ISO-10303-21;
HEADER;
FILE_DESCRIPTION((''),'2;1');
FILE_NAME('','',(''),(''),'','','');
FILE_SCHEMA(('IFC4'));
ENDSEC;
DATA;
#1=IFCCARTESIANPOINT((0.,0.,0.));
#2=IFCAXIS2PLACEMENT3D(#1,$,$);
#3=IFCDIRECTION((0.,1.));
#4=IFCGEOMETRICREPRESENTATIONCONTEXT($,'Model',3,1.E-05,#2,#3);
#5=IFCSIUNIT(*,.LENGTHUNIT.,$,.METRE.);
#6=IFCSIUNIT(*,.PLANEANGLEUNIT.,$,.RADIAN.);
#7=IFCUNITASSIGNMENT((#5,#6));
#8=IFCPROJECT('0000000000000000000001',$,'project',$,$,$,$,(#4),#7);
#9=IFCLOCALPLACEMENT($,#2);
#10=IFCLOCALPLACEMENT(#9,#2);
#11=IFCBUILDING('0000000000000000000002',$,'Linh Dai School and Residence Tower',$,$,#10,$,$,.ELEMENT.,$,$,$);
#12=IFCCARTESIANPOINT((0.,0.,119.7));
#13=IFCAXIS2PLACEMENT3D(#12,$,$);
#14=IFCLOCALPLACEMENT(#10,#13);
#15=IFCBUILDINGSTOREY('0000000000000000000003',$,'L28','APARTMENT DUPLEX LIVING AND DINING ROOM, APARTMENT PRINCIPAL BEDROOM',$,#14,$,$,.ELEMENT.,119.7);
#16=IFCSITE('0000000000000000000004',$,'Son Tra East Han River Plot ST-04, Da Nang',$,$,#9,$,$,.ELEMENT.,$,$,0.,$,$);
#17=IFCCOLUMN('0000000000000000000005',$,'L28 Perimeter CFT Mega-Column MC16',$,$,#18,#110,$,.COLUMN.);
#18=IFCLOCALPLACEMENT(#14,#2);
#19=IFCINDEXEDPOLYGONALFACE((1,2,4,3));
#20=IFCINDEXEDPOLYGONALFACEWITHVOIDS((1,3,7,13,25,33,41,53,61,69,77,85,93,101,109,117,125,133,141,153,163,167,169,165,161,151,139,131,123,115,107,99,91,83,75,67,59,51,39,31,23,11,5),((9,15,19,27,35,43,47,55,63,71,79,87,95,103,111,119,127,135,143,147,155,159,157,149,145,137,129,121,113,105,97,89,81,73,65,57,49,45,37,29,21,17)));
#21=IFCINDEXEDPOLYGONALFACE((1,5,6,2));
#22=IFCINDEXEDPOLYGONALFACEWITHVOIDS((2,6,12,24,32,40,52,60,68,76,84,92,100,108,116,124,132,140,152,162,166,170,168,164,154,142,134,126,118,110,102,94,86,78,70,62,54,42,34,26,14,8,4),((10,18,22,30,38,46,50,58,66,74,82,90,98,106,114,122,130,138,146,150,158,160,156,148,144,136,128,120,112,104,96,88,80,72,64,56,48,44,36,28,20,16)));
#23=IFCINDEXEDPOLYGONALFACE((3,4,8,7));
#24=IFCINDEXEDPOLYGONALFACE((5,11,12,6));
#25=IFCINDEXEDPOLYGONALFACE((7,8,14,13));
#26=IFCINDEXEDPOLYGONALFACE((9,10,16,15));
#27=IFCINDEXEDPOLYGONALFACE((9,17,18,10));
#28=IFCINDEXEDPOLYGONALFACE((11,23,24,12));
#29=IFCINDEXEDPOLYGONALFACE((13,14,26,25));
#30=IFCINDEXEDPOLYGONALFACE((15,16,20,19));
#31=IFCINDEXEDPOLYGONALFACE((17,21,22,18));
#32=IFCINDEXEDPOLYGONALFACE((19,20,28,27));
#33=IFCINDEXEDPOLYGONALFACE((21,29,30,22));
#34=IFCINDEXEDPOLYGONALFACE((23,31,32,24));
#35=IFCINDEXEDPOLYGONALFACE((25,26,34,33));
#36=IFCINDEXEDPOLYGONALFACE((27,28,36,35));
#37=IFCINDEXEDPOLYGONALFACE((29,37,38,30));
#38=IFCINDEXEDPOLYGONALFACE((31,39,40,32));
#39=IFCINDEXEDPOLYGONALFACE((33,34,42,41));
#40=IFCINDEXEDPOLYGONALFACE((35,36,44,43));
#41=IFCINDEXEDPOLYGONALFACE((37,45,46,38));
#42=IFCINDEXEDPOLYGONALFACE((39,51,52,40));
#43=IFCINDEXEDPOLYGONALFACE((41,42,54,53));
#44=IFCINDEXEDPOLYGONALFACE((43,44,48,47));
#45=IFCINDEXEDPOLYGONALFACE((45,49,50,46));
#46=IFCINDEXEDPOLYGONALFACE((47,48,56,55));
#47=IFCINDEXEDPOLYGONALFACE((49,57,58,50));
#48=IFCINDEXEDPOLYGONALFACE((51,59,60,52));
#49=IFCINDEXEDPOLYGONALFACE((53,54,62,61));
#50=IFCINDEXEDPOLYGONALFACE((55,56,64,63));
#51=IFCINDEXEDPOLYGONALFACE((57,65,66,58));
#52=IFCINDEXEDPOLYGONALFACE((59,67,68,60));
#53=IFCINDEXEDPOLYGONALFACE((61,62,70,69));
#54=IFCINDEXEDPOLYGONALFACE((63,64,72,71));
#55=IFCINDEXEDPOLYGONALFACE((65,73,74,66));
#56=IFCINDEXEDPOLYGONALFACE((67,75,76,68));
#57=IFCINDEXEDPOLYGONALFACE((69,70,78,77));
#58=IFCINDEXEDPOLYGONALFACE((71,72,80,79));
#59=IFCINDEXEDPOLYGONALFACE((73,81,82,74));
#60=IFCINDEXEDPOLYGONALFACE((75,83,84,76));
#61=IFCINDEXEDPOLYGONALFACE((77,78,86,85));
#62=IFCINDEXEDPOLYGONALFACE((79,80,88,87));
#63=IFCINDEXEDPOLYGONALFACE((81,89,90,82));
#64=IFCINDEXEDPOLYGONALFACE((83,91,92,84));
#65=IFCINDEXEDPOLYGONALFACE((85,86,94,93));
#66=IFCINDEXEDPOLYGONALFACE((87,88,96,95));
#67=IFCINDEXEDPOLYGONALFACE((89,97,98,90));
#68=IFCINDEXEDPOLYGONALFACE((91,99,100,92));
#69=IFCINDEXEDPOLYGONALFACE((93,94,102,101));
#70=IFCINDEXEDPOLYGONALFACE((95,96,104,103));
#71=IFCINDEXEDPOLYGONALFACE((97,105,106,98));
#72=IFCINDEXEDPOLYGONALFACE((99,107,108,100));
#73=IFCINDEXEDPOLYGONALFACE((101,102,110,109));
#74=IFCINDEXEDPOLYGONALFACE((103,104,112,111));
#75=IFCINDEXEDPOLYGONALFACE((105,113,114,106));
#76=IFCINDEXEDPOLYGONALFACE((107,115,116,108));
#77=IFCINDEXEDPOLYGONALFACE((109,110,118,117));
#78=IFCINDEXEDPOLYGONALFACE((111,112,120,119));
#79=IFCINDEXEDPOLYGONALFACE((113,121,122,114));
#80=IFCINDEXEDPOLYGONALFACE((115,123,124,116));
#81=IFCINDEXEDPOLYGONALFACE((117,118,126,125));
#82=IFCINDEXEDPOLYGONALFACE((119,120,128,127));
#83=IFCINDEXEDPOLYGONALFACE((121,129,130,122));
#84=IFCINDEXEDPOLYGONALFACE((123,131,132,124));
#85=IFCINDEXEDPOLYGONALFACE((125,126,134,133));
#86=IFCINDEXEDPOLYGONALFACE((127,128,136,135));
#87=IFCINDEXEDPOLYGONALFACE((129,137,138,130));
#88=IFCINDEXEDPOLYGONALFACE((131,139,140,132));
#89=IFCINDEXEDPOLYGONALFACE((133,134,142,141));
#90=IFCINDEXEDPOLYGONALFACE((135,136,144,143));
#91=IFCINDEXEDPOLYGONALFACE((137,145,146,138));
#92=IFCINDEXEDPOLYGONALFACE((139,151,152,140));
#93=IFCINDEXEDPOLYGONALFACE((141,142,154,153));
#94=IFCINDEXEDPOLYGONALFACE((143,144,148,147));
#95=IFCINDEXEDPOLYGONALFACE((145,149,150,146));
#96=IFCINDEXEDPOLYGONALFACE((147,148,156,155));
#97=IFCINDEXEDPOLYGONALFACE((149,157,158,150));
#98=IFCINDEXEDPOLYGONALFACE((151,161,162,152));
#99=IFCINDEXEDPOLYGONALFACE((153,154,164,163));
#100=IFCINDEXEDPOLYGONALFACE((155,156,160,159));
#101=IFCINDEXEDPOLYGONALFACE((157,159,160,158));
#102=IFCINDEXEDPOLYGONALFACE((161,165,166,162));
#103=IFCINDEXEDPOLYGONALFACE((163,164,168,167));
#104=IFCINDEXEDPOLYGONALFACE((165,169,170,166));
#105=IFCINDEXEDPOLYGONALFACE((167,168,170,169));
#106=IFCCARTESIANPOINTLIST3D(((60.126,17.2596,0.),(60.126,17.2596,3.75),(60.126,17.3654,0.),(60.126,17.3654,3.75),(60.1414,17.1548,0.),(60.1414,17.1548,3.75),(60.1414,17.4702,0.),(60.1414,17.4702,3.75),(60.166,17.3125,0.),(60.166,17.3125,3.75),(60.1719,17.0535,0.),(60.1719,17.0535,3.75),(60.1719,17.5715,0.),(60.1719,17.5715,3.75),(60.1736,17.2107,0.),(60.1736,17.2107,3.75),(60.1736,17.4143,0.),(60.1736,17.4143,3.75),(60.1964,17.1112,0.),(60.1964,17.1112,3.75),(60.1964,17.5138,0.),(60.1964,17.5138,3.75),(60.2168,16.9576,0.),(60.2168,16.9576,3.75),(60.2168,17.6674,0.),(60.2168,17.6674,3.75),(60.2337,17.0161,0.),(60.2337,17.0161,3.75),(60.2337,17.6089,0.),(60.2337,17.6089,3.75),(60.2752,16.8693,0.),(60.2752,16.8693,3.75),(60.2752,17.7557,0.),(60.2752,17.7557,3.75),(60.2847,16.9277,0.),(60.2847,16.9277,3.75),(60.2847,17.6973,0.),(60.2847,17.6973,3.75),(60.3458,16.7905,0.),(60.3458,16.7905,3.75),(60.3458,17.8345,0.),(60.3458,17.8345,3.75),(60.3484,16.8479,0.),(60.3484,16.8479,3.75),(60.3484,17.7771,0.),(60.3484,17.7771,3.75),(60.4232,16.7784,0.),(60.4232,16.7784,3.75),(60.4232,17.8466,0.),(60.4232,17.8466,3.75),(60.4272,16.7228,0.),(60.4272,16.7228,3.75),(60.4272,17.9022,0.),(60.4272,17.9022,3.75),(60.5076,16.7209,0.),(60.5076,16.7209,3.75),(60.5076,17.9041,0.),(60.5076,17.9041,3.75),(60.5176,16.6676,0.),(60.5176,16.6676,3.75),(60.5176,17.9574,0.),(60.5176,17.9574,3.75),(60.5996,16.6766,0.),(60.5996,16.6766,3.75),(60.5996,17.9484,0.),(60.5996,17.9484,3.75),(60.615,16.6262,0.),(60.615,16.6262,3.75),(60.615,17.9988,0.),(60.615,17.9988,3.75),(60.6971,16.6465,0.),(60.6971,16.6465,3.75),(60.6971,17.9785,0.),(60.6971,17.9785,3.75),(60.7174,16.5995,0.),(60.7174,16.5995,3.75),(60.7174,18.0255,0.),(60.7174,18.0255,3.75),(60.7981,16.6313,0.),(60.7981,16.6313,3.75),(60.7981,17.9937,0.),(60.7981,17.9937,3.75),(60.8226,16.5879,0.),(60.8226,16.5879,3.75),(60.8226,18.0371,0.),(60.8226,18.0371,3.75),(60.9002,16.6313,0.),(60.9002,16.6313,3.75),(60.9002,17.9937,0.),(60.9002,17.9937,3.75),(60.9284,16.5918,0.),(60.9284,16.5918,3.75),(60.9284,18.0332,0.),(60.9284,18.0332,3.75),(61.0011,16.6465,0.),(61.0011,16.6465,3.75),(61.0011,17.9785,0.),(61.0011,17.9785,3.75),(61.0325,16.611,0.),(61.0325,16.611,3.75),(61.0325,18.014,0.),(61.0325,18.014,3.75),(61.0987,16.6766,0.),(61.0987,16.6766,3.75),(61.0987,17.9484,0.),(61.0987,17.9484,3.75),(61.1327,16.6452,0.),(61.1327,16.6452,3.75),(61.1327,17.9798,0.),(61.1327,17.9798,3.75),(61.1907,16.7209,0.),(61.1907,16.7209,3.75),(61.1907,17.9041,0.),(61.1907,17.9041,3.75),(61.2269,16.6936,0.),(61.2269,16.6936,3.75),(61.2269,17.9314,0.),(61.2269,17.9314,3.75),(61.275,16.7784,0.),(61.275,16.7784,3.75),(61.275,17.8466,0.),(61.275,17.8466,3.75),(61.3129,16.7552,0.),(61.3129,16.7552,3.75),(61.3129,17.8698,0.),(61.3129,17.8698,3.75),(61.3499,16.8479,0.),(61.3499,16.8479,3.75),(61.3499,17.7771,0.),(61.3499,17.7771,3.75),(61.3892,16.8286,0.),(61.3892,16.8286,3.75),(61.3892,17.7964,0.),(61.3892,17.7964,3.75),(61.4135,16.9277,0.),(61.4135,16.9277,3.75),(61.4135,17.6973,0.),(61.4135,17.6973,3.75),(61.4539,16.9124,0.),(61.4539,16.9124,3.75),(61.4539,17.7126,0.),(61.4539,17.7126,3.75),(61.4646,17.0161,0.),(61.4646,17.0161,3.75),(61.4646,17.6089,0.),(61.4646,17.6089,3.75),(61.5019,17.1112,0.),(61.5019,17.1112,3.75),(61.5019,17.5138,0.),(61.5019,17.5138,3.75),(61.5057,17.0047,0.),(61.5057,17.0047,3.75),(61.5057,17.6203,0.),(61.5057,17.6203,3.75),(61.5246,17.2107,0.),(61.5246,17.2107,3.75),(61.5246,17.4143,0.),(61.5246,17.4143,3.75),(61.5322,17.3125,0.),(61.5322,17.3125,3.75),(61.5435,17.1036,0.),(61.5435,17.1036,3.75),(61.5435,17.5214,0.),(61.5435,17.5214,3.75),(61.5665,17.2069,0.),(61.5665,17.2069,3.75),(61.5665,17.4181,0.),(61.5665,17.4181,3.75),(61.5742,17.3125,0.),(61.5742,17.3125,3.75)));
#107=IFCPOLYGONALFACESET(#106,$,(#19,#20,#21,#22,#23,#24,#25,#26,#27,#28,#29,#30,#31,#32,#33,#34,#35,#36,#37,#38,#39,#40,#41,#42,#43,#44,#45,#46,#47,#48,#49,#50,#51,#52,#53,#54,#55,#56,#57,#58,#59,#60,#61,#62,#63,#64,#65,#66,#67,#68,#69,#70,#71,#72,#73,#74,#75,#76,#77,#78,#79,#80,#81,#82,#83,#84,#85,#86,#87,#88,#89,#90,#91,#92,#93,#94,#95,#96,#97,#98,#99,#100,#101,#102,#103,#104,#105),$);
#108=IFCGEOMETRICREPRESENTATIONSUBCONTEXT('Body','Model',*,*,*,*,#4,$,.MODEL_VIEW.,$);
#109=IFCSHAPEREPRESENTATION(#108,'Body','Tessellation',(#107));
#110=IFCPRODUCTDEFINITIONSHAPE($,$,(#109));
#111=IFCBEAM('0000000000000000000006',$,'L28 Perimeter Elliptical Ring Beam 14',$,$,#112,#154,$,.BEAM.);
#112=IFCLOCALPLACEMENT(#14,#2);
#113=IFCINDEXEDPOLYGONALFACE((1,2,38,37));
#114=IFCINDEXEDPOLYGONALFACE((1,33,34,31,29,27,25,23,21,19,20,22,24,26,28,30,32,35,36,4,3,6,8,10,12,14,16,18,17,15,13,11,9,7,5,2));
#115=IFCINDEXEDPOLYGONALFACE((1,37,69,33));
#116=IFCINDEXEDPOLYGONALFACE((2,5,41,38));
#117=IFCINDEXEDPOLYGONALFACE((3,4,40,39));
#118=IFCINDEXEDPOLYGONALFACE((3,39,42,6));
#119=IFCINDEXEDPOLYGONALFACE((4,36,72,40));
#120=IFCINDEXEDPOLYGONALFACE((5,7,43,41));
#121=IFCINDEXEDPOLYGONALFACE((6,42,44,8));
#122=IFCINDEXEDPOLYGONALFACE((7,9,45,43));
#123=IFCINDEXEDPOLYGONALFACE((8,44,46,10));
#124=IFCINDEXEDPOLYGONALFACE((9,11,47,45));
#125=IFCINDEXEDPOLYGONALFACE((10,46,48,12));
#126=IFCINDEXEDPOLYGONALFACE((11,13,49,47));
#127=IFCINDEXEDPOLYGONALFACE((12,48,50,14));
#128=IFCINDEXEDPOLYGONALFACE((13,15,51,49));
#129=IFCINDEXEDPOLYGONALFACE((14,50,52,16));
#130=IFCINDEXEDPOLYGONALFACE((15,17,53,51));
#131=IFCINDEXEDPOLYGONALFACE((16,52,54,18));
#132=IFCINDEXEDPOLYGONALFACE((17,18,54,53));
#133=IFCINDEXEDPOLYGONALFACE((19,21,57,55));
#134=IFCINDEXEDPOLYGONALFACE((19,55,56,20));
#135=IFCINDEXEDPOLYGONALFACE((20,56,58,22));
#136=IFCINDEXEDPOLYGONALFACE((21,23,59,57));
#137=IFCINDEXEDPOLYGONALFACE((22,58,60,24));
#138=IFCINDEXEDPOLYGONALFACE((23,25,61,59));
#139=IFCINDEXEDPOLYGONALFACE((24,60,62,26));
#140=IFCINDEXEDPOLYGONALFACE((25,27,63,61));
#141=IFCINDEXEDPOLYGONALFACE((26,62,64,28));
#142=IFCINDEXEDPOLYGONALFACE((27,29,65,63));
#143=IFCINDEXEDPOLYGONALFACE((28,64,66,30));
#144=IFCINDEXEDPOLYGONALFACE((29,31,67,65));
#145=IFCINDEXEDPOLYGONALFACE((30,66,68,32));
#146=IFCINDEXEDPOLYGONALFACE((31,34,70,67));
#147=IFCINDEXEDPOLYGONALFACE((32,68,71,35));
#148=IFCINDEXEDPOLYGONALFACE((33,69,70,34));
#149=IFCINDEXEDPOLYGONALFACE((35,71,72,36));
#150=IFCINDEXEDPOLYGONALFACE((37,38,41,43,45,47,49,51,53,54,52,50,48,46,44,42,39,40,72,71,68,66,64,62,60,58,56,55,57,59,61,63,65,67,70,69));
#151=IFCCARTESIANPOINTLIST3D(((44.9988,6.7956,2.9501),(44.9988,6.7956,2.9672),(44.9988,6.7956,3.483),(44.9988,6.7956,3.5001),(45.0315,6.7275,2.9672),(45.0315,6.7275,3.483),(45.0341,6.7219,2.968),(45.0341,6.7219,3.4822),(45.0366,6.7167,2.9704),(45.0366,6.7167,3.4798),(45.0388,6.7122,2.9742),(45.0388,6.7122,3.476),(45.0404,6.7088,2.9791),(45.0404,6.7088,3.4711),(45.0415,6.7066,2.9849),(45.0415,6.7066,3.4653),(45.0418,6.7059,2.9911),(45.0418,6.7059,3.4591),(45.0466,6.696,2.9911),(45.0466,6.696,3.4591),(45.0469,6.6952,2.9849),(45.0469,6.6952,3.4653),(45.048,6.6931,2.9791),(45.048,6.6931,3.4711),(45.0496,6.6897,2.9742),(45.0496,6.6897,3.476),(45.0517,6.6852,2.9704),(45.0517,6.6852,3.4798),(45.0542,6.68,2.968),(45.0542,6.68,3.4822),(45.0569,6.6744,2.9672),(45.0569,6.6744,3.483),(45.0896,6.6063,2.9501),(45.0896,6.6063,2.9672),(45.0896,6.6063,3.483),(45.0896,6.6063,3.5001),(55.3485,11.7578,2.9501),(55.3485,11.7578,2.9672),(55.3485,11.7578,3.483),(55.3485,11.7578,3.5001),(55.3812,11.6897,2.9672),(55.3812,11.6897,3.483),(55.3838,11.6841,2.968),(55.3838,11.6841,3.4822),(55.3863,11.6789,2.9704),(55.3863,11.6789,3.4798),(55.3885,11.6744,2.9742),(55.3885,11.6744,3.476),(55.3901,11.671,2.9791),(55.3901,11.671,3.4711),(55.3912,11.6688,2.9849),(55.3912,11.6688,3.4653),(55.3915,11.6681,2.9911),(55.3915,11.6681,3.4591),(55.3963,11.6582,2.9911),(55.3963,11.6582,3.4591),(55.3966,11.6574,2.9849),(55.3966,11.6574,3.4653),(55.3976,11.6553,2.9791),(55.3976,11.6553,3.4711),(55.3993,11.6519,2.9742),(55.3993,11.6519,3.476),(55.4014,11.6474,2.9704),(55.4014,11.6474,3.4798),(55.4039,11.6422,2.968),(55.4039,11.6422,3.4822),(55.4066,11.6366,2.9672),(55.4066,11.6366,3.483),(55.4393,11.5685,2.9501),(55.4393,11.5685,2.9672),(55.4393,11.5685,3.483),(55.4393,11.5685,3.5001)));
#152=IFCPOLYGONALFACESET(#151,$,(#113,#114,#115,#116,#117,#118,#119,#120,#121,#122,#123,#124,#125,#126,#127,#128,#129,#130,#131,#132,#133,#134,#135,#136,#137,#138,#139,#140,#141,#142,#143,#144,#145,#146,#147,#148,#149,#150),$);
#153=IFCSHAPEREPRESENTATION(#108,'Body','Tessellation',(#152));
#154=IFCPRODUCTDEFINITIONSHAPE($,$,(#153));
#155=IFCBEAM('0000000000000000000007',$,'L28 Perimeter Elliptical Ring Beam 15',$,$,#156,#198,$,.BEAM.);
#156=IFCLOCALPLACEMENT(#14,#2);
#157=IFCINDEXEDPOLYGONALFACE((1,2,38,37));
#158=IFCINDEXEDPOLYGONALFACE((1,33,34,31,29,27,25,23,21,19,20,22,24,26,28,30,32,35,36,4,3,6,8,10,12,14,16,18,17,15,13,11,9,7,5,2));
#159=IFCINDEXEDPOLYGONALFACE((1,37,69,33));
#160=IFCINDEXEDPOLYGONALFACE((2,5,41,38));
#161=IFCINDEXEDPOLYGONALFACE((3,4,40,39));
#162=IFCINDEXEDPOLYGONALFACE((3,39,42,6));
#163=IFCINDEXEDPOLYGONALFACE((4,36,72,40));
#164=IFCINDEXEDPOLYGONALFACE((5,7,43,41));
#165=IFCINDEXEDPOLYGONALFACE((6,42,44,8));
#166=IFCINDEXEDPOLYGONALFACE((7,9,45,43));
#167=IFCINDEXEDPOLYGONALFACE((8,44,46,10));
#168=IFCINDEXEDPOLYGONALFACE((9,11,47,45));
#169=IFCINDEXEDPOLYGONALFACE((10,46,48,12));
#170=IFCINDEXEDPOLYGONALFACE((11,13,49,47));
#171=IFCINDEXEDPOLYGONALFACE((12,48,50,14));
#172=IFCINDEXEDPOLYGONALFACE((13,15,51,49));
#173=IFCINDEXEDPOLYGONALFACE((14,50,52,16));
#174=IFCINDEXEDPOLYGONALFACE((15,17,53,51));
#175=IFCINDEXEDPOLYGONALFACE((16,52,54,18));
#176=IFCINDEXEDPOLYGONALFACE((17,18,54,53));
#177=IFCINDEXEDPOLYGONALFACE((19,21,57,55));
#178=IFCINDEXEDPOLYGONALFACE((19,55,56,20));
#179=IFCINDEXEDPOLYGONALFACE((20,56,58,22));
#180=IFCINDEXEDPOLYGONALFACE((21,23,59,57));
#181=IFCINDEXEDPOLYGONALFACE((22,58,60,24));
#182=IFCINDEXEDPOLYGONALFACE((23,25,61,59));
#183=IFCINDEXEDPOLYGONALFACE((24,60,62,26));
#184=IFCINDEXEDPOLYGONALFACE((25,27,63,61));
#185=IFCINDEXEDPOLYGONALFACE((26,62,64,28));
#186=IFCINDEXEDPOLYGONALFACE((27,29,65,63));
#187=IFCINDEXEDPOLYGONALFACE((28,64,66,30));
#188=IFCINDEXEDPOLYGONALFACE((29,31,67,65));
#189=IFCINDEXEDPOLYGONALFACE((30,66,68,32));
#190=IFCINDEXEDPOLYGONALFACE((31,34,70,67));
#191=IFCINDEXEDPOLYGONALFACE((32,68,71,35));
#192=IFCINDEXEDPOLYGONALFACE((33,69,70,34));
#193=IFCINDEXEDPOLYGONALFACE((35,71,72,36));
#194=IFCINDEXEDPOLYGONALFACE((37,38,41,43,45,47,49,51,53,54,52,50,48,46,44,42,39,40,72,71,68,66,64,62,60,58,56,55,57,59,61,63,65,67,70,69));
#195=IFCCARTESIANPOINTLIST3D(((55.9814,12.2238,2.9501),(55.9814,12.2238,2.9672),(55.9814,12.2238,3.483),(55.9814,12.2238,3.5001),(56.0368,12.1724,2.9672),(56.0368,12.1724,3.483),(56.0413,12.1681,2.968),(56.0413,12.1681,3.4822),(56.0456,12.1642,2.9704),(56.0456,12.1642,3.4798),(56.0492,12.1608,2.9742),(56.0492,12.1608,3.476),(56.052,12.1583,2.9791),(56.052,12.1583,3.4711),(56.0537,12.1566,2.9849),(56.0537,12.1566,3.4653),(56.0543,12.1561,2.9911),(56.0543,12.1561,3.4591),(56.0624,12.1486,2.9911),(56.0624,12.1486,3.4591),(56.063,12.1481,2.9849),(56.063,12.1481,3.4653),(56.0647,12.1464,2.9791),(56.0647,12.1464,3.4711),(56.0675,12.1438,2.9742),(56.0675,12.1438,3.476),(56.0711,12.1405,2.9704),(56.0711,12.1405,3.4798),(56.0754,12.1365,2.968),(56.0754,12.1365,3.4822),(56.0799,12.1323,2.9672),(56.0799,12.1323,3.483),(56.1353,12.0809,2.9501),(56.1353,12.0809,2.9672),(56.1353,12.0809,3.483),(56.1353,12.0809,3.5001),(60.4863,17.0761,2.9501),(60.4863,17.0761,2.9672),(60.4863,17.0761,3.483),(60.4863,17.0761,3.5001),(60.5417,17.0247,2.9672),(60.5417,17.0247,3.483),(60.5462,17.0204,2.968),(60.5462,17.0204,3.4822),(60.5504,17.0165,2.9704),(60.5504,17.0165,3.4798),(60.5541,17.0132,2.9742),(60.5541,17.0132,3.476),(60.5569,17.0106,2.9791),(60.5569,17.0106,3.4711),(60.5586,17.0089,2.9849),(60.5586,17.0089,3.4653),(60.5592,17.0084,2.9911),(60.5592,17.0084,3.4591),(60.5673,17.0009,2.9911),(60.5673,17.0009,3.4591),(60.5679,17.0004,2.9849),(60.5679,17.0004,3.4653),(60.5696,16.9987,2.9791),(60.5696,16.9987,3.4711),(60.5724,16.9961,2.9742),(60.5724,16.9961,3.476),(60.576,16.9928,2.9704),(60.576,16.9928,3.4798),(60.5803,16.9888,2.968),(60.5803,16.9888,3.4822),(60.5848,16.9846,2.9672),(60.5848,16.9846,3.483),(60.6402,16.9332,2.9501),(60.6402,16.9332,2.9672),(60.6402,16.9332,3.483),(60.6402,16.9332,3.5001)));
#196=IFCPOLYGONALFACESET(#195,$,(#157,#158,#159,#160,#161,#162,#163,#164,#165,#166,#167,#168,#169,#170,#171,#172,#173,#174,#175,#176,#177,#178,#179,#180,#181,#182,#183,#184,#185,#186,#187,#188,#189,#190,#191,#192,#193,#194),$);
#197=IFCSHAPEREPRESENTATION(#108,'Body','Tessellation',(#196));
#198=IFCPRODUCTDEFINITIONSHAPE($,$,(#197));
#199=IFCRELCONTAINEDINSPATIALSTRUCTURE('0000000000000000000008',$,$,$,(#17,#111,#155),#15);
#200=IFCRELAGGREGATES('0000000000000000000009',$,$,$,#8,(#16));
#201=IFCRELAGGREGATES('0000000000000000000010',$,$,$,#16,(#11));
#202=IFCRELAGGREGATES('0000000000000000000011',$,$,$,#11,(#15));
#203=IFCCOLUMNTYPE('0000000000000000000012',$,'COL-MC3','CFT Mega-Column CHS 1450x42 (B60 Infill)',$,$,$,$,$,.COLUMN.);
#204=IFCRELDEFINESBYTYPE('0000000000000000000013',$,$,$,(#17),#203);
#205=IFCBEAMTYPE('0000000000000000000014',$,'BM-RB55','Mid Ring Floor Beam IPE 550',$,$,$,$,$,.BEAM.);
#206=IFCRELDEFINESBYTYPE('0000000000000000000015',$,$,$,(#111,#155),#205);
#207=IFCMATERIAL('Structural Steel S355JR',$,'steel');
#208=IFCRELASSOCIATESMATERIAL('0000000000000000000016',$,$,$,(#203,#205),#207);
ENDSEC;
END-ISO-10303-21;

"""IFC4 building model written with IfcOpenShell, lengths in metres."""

from ifc_helpers import new_model, si_unit, direction, frame, origin, origin_2d, place, context, subcontext, project, spatial, hollow_circle, i_section, extrude, material, material_profile, profile_set, type_object, element, save


model = new_model("IFC4")

# Units and contexts
model_context = context("Model", 3, precision=1e-05, world=origin(), true_north=direction((0.0, 1.0)))
body_context = subcontext(model_context, "Body", "Model", "MODEL_VIEW")
ifc_project = project(units=[si_unit("LENGTHUNIT", "METRE"), si_unit("PLANEANGLEUNIT", "RADIAN")], contexts=[model_context])

# Site, building, storey
site_placement = place(None, origin())
site = spatial("IfcSite", under=ifc_project, at=site_placement, Name="Son Tra East Han River Plot ST-04, Da Nang", CompositionType="ELEMENT", RefElevation=0.0)
building_placement = place(site_placement, origin())
building = spatial("IfcBuilding", under=site, at=building_placement, Name="Linh Dai School and Residence Tower", CompositionType="ELEMENT")
storey_placement = place(building_placement, frame((0.0, 0.0, 119.7)))
storey = spatial("IfcBuildingStorey", under=building, at=storey_placement, Name="L28", Description="APARTMENT DUPLEX LIVING AND DINING ROOM, APARTMENT PRINCIPAL BEDROOM", CompositionType="ELEMENT", Elevation=119.7)

# Column
ifc_material_1 = material(Name="Structural Steel S355JR", Category="steel")
ifc_material_profile_1 = material_profile(ifc_material_1, hollow_circle(Radius=0.7251, WallThickness=0.042, at=origin_2d()), Name="CHS 1450x42")
ifc_profile_set_1 = profile_set([ifc_material_profile_1], Name="Structural Steel S355JR")
column_type = type_object("IfcColumnType", Name="COL-MC3", Description="CFT Mega-Column CHS 1450x42 (B60 Infill)", PredefinedType="COLUMN", material=ifc_profile_set_1)
for number, where, z_axis, x_axis, name in (
    (1, (60.8491, 17.3125, 0.0), (0.0, 0.0, 1.0), (1.0, 0.0, 0.0), "L28 Perimeter CFT Mega-Column MC16"),
):
    element("IfcColumn", number, at=place(storey_placement, frame(where, z_axis=z_axis, x_axis=x_axis)), inside=storey, type_object=column_type, Name=name, PredefinedType="COLUMN", context=body_context, shape_type="SweptSolid", body=[
        extrude(hollow_circle(Radius=0.7251, WallThickness=0.042, at=origin_2d()), origin(), (0.0, 0.0, 1.0), 3.75),
    ])

# Beams
ifc_material_profile_2 = material_profile(ifc_material_1, i_section(OverallWidth=0.21, OverallDepth=0.55, WebThickness=0.011, FlangeThickness=0.0171, FilletRadius=0.0239, at=origin_2d()), Name="IPE 550")
ifc_profile_set_2 = profile_set([ifc_material_profile_2], Name="Structural Steel S355JR")
beam_type_1 = type_object("IfcBeamType", Name="BM-RB55", Description="Mid Ring Floor Beam IPE 550", PredefinedType="BEAM", material=ifc_profile_set_2)
beam_1_placement = place(storey_placement, frame((45.0442, 6.7009, 3.2251), z_axis=(0.901715, 0.432331, 0.0), x_axis=(-0.432331, 0.901715, 0.0)))
element("IfcBeam", 2, at=beam_1_placement, inside=storey, type_object=beam_type_1, Name="L28 Perimeter Elliptical Ring Beam 14", PredefinedType="BEAM", context=body_context, shape_type="SweptSolid", body=[
    extrude(i_section(OverallWidth=0.21, OverallDepth=0.55, WebThickness=0.011, FlangeThickness=0.0171, FilletRadius=0.0239, at=origin_2d()), origin(), (0.0, 0.0, 1.0), 11.4778),
])
beam_2_placement = place(storey_placement, frame((56.0583, 12.1523, 3.2251), z_axis=(0.680385, 0.732855, 0.0), x_axis=(-0.732855, 0.680385, 0.0)))
element("IfcBeam", 3, at=beam_2_placement, inside=storey, type_object=beam_type_1, Name="L28 Perimeter Elliptical Ring Beam 15", PredefinedType="BEAM", context=body_context, shape_type="SweptSolid", body=[
    extrude(i_section(OverallWidth=0.21, OverallDepth=0.55, WebThickness=0.011, FlangeThickness=0.0171, FilletRadius=0.0239, at=origin_2d()), origin(), (0.0, 0.0, 1.0), 6.6211),
])

save(model, "model.ifc")
